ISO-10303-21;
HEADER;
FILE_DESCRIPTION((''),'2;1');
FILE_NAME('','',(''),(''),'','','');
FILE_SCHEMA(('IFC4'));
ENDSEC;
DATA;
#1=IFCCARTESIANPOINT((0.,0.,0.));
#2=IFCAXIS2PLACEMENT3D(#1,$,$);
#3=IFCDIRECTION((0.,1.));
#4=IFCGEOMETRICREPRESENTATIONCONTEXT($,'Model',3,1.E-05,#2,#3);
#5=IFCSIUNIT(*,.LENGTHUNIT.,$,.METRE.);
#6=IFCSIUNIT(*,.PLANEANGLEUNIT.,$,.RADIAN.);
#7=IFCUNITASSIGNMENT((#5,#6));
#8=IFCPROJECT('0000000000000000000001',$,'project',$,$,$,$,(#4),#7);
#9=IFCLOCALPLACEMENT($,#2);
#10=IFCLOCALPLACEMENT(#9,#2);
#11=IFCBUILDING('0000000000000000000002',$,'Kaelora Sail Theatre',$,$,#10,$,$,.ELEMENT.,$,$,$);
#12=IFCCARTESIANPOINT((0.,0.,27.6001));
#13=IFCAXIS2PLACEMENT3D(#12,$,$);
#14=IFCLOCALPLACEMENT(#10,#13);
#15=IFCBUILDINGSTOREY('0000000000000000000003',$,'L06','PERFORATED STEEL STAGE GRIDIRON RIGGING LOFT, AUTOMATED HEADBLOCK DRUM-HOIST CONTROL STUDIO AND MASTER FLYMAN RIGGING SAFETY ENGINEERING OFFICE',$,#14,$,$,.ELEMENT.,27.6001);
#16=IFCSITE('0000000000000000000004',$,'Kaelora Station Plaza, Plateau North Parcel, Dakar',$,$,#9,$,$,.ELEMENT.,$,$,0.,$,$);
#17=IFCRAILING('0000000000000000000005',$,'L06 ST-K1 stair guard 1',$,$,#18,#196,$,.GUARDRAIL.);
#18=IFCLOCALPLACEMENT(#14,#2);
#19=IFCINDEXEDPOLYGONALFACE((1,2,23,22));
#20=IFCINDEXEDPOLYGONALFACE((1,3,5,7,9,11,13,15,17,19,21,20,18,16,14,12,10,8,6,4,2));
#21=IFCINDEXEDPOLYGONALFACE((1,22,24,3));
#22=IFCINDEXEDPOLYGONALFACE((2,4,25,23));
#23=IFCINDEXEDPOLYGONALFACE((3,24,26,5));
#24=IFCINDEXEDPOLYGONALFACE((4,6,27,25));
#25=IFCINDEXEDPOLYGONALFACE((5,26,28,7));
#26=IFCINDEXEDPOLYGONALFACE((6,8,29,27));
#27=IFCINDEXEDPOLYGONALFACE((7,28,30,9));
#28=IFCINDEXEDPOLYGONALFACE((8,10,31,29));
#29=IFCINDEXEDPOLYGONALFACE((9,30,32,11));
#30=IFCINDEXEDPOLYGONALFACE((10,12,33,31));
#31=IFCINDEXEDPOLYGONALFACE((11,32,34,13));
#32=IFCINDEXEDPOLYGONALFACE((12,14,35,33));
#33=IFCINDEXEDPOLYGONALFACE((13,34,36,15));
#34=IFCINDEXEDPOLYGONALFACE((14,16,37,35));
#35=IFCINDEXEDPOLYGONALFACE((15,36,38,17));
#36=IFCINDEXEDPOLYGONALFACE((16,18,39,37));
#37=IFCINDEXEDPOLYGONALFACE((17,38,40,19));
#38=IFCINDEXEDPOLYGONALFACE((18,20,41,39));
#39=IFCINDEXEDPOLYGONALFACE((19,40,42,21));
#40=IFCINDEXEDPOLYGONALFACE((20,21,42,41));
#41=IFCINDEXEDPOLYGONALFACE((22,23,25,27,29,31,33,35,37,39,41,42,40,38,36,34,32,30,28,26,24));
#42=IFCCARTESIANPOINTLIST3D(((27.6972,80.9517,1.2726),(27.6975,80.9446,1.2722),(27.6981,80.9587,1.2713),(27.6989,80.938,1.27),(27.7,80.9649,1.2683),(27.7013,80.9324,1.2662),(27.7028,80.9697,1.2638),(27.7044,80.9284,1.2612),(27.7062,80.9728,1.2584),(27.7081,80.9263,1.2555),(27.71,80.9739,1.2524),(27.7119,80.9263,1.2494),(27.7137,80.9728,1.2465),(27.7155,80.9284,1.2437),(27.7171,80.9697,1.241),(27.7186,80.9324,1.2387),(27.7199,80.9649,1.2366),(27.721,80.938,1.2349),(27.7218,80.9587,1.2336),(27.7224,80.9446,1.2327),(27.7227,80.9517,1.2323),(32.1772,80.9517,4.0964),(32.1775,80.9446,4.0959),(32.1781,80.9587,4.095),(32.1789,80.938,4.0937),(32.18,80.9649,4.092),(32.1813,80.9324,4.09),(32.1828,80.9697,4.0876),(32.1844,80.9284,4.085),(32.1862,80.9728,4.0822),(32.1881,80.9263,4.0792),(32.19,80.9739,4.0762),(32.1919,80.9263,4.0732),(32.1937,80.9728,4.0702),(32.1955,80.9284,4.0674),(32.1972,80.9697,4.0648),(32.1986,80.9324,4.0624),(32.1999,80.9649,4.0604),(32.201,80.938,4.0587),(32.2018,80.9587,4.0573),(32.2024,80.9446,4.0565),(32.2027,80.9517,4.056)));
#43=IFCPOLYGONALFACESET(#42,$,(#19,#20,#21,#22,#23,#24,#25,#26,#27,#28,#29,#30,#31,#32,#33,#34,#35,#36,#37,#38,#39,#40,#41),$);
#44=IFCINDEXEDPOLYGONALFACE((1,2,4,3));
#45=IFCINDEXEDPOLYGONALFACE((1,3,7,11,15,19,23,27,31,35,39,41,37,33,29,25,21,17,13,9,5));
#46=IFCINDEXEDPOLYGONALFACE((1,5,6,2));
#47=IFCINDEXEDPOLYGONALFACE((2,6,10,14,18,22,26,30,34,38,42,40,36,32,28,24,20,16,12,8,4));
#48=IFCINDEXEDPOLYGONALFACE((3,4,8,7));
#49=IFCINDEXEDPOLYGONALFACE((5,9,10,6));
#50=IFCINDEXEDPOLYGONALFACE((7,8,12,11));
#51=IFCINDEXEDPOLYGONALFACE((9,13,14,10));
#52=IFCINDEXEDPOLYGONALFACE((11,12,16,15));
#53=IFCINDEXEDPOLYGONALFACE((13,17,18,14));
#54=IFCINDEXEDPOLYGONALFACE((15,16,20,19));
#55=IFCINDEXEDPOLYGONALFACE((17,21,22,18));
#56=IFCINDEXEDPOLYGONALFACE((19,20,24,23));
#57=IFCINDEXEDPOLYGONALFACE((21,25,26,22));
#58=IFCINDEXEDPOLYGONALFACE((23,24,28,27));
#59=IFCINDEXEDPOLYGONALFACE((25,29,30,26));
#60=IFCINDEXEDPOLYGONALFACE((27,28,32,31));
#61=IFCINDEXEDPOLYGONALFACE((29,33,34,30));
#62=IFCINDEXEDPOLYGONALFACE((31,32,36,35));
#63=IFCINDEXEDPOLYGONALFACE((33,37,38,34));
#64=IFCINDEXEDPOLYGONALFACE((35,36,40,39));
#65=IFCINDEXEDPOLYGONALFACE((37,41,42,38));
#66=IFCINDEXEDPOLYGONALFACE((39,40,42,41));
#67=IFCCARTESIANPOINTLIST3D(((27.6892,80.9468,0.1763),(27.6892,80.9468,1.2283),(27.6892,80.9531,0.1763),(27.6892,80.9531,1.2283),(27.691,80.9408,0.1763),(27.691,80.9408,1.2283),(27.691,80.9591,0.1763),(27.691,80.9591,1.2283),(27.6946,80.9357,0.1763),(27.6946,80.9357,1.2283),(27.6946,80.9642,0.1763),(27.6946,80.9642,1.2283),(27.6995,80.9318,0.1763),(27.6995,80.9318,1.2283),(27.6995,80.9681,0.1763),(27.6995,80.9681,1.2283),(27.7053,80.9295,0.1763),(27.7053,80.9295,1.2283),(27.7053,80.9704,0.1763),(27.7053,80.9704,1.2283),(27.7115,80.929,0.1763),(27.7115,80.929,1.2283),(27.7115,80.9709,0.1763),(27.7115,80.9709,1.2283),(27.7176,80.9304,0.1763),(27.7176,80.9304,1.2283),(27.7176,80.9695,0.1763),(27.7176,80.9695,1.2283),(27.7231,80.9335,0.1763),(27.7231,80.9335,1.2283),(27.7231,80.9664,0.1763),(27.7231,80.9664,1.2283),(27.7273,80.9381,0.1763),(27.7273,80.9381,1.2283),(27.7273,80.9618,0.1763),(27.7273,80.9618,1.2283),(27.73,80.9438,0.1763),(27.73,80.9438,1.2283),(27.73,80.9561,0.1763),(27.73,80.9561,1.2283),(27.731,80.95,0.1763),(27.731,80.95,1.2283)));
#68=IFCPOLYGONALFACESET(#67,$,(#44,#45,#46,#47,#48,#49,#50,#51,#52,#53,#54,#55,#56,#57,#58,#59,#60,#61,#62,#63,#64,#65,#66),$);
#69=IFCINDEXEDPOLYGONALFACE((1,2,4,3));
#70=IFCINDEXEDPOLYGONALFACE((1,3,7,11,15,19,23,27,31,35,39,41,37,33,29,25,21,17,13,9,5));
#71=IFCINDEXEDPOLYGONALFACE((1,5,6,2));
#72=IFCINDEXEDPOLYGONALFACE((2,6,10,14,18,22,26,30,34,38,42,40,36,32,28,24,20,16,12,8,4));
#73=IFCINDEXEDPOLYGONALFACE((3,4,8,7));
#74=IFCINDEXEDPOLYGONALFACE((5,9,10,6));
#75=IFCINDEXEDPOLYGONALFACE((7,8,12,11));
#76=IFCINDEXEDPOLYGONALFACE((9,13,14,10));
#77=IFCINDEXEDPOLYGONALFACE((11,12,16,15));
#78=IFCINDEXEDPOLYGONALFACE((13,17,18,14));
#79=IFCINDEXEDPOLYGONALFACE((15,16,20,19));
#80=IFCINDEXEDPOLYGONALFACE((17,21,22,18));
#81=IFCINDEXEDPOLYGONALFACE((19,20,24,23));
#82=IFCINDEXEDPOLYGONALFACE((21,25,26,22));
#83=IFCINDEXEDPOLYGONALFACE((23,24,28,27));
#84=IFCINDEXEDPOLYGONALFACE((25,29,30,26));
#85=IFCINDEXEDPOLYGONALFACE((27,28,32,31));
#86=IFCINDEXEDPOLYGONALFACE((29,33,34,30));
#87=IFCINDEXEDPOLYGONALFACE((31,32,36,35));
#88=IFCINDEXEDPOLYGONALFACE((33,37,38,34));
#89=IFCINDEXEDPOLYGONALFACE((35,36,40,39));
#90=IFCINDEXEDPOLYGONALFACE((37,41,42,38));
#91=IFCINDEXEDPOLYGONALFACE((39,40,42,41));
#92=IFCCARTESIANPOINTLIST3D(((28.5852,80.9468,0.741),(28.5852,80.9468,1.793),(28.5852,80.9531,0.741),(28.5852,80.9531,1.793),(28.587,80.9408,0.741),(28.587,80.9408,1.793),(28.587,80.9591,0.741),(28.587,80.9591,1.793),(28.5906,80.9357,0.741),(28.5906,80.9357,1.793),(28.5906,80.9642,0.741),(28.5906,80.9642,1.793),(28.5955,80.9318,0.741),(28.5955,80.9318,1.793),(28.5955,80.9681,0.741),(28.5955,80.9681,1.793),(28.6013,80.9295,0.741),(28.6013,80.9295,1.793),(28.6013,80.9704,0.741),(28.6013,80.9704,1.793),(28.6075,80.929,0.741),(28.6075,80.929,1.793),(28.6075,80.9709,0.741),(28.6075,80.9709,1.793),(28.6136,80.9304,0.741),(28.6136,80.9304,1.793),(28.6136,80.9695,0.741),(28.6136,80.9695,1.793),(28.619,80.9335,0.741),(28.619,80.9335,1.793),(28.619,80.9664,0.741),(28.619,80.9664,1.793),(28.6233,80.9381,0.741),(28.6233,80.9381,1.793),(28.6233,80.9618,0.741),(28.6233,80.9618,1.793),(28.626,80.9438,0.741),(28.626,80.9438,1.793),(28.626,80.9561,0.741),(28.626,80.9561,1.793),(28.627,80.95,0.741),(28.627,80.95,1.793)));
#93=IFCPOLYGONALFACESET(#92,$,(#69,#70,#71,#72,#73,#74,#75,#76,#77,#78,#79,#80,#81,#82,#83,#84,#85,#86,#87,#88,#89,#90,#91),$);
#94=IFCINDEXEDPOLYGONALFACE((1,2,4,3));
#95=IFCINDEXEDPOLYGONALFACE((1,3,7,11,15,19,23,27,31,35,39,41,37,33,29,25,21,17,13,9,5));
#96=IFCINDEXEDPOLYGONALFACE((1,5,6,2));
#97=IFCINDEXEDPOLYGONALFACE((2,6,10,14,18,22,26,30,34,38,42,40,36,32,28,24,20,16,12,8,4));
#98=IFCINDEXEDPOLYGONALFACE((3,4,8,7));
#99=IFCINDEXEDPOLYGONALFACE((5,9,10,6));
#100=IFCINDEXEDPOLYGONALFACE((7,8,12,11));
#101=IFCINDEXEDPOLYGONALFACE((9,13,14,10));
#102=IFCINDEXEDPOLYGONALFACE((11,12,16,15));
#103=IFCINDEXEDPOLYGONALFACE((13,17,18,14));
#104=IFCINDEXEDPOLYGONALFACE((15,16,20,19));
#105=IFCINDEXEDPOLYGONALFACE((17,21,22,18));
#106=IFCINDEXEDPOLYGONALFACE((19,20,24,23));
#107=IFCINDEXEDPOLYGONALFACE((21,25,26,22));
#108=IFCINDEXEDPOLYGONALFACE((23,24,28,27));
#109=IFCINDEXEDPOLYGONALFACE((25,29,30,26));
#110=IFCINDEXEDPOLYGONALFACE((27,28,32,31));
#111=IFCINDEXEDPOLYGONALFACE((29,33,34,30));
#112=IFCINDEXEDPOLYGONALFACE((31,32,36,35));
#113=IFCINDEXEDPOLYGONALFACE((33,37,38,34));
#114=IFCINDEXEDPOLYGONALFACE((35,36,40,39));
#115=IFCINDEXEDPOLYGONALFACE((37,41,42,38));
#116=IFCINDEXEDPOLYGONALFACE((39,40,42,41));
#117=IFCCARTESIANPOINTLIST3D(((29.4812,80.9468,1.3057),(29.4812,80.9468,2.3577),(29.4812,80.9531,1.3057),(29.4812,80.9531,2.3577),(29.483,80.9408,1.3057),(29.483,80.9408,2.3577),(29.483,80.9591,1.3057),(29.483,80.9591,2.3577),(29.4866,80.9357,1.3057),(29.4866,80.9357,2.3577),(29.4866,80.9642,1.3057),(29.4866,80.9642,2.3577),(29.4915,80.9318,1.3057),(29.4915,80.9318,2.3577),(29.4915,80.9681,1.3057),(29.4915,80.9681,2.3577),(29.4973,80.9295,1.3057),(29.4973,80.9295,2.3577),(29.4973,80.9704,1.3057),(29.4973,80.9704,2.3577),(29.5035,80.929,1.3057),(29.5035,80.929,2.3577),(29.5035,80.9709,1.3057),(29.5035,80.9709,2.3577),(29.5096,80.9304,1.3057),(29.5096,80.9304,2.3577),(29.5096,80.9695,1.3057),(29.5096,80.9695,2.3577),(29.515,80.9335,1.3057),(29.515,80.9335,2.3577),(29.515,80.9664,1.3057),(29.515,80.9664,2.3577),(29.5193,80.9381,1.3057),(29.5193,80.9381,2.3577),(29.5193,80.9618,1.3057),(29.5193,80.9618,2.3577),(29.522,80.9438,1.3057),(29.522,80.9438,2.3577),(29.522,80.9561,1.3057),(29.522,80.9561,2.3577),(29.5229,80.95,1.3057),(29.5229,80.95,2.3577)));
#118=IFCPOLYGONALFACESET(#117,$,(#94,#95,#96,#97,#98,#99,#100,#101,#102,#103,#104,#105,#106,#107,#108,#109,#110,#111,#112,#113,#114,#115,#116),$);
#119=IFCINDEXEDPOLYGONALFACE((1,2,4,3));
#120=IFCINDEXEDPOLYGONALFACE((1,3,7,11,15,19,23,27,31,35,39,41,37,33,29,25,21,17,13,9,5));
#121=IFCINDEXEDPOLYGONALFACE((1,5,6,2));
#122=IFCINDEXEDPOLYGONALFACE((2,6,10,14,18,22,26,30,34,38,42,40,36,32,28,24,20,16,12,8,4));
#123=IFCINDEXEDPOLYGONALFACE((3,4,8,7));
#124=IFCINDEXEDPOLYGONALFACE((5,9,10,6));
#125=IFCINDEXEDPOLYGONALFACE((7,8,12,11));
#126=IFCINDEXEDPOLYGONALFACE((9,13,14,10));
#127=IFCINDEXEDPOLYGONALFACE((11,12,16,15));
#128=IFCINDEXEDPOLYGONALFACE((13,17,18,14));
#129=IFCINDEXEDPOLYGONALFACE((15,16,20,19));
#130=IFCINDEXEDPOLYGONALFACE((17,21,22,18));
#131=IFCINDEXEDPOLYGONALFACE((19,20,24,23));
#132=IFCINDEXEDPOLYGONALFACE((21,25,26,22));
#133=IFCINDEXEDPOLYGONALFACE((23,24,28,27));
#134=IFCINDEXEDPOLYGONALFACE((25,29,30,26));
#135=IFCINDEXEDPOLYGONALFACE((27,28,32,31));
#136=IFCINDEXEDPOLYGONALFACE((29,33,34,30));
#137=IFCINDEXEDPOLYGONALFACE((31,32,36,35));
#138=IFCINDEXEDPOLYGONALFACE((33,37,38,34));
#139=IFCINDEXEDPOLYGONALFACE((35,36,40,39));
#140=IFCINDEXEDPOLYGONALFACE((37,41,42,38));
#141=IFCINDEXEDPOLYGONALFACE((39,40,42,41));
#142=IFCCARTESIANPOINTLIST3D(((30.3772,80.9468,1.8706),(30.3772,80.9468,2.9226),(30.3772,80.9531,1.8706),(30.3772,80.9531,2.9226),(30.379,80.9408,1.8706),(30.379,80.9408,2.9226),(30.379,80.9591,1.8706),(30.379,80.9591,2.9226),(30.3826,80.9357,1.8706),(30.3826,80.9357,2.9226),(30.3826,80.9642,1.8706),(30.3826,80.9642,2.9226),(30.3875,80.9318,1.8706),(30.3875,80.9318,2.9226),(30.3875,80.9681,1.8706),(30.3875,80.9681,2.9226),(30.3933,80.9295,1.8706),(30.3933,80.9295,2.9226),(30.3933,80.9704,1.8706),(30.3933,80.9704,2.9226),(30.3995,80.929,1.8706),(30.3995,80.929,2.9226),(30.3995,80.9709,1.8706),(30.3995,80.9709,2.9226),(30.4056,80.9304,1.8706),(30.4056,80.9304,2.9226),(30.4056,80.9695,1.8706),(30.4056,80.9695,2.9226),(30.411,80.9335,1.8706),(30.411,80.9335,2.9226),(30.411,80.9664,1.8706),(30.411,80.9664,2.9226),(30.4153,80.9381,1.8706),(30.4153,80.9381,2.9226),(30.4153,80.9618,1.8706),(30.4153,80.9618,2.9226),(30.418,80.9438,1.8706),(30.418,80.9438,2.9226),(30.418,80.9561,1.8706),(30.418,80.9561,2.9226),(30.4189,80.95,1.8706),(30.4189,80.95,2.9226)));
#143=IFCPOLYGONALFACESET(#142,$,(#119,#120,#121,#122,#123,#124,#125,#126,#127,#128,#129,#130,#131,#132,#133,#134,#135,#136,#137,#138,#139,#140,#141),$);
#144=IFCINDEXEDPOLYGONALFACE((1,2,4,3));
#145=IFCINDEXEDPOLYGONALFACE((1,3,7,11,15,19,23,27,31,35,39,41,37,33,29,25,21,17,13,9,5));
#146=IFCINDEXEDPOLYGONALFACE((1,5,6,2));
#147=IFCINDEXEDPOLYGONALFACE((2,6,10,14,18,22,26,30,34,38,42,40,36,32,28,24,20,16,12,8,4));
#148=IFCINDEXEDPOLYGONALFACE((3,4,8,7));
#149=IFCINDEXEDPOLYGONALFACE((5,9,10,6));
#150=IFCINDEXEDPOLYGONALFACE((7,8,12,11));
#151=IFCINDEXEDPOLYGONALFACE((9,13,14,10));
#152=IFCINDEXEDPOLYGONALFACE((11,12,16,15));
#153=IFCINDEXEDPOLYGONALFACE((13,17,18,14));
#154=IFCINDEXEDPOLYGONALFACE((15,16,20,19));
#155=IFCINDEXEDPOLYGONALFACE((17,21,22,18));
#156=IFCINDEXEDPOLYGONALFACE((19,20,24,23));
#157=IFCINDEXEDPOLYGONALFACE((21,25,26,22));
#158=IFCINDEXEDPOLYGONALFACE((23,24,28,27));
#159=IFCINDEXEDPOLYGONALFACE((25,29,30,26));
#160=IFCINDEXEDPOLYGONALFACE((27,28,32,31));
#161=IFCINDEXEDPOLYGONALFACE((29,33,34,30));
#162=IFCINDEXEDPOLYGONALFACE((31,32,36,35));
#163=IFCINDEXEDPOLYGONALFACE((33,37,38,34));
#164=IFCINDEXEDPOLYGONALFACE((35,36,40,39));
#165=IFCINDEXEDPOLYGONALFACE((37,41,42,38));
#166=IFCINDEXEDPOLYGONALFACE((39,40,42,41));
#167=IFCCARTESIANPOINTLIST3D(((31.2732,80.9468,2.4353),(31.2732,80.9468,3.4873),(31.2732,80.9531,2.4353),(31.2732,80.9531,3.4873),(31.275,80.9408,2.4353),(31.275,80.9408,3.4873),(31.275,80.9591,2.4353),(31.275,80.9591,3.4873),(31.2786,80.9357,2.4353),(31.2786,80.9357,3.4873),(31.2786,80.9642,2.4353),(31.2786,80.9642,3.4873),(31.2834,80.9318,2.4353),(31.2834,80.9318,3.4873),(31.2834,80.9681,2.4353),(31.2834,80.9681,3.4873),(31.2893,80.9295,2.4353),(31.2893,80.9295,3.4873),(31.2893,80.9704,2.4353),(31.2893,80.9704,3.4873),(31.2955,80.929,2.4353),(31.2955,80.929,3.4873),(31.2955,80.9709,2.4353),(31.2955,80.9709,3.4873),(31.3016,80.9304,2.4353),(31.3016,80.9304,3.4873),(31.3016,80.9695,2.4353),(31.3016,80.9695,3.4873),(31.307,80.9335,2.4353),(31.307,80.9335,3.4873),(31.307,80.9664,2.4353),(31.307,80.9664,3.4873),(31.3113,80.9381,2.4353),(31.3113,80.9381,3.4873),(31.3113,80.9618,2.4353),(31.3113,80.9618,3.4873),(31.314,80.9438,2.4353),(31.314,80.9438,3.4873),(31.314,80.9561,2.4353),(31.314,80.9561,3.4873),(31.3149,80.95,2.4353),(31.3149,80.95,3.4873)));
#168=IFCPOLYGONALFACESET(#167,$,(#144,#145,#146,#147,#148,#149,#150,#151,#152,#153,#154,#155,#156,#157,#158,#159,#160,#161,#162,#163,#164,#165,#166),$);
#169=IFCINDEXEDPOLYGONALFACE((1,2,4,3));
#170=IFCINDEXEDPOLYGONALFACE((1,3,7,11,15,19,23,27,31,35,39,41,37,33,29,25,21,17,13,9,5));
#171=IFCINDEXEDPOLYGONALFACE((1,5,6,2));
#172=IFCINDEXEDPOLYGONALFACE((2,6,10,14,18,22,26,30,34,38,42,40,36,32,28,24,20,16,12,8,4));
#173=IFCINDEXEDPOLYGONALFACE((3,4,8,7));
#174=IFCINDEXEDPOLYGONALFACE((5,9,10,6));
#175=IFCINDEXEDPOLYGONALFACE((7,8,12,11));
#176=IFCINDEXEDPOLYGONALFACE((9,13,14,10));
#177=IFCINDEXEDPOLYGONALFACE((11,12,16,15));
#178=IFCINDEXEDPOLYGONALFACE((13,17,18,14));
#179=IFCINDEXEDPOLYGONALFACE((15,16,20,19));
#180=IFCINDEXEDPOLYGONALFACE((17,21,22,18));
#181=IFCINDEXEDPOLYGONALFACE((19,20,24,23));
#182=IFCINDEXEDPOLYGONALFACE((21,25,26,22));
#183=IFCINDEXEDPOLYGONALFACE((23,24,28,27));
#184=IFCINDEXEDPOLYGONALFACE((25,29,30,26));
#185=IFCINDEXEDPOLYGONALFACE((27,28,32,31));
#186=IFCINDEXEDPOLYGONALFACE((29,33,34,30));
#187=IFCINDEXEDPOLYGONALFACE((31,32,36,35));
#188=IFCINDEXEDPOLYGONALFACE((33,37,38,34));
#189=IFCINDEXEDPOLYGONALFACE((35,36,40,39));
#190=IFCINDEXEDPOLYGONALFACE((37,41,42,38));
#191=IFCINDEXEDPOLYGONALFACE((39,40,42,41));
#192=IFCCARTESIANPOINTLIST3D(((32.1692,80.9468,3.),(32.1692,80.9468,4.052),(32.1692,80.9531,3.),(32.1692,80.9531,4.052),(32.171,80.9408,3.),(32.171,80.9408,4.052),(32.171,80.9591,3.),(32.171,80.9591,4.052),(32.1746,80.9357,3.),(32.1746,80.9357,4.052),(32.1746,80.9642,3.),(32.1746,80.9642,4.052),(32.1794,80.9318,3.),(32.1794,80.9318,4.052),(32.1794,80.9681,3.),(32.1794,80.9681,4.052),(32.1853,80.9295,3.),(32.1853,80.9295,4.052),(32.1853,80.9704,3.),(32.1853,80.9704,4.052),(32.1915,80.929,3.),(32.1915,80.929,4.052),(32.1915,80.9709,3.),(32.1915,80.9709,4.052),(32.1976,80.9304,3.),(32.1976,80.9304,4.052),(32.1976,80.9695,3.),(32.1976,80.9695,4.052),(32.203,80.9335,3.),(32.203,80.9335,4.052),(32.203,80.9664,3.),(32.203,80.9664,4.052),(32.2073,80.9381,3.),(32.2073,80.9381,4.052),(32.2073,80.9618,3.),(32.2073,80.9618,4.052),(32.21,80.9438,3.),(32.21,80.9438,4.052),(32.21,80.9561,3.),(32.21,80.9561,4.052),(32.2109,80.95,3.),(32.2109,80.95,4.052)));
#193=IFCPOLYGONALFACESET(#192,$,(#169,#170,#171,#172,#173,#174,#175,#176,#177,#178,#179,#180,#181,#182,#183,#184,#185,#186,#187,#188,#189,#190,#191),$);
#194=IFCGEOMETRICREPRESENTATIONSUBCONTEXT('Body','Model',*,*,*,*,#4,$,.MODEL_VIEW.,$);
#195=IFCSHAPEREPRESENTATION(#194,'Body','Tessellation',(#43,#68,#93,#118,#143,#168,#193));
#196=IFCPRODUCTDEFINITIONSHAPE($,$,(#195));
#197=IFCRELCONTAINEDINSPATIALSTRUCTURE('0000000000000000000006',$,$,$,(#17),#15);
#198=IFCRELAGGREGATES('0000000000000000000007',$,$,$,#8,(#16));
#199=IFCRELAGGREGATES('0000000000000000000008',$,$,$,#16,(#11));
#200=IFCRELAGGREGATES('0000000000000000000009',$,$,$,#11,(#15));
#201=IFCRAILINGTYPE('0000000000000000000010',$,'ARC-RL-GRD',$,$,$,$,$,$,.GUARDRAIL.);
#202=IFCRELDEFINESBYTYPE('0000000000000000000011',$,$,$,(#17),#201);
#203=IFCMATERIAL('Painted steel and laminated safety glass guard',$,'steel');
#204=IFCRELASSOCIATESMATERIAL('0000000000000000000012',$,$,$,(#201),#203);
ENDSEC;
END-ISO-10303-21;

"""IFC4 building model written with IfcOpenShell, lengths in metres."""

from ifc_helpers import new_model, si_unit, direction, frame, origin, origin_2d, place, context, subcontext, project, spatial, circle, extrude, material, type_object, element, save


model = new_model("IFC4")

# Units and contexts
model_context = context("Model", 3, precision=1e-05, world=origin(), true_north=direction((0.0, 1.0)))
body_context = subcontext(model_context, "Body", "Model", "MODEL_VIEW")
ifc_project = project(units=[si_unit("LENGTHUNIT", "METRE"), si_unit("PLANEANGLEUNIT", "RADIAN")], contexts=[model_context])

# Site, building, storey
site_placement = place(None, origin())
site = spatial("IfcSite", under=ifc_project, at=site_placement, Name="Kaelora Station Plaza, Plateau North Parcel, Dakar", CompositionType="ELEMENT", RefElevation=0.0)
building_placement = place(site_placement, origin())
building = spatial("IfcBuilding", under=site, at=building_placement, Name="Kaelora Sail Theatre", CompositionType="ELEMENT")
storey_placement = place(building_placement, frame((0.0, 0.0, 27.6001)))
storey = spatial("IfcBuildingStorey", under=building, at=storey_placement, Name="L06", Description="PERFORATED STEEL STAGE GRIDIRON RIGGING LOFT, AUTOMATED HEADBLOCK DRUM-HOIST CONTROL STUDIO AND MASTER FLYMAN RIGGING SAFETY ENGINEERING OFFICE", CompositionType="ELEMENT", Elevation=27.6001)

# Railing
ifc_material_1 = material(Name="Painted steel and laminated safety glass guard", Category="steel")
railing_type_1 = type_object("IfcRailingType", Name="ARC-RL-GRD", PredefinedType="GUARDRAIL", material=ifc_material_1)
railing_1_placement = place(storey_placement, frame((27.71, 80.95, 0.1763)))
element("IfcRailing", 1, at=railing_1_placement, inside=storey, type_object=railing_type_1, Name="L06 ST-K1 stair guard 1", PredefinedType="GUARDRAIL", context=body_context, shape_type="SweptSolid", body=[
    extrude(circle(Radius=0.0239, at=origin_2d()), frame((0.0, 0.0, 1.0762), z_axis=(0.845977, 0.0, 0.533219), x_axis=(0.0, 1.0, 0.0)), (0.0, 0.0, 1.0), 5.2957),
    extrude(circle(Radius=0.021, at=origin_2d()), origin(), (0.0, 0.0, 1.0), 1.052),
    extrude(circle(Radius=0.021, at=origin_2d()), frame((0.896, 0.0, 0.5647)), (0.0, 0.0, 1.0), 1.052),
    extrude(circle(Radius=0.021, at=origin_2d()), frame((1.792, 0.0, 1.1294)), (0.0, 0.0, 1.0), 1.052),
    extrude(circle(Radius=0.021, at=origin_2d()), frame((2.688, 0.0, 1.6943)), (0.0, 0.0, 1.0), 1.052),
    extrude(circle(Radius=0.021, at=origin_2d()), frame((3.584, 0.0, 2.259)), (0.0, 0.0, 1.0), 1.052),
    extrude(circle(Radius=0.021, at=origin_2d()), frame((4.48, 0.0, 2.8237)), (0.0, 0.0, 1.0), 1.052),
])

save(model, "model.ifc")
